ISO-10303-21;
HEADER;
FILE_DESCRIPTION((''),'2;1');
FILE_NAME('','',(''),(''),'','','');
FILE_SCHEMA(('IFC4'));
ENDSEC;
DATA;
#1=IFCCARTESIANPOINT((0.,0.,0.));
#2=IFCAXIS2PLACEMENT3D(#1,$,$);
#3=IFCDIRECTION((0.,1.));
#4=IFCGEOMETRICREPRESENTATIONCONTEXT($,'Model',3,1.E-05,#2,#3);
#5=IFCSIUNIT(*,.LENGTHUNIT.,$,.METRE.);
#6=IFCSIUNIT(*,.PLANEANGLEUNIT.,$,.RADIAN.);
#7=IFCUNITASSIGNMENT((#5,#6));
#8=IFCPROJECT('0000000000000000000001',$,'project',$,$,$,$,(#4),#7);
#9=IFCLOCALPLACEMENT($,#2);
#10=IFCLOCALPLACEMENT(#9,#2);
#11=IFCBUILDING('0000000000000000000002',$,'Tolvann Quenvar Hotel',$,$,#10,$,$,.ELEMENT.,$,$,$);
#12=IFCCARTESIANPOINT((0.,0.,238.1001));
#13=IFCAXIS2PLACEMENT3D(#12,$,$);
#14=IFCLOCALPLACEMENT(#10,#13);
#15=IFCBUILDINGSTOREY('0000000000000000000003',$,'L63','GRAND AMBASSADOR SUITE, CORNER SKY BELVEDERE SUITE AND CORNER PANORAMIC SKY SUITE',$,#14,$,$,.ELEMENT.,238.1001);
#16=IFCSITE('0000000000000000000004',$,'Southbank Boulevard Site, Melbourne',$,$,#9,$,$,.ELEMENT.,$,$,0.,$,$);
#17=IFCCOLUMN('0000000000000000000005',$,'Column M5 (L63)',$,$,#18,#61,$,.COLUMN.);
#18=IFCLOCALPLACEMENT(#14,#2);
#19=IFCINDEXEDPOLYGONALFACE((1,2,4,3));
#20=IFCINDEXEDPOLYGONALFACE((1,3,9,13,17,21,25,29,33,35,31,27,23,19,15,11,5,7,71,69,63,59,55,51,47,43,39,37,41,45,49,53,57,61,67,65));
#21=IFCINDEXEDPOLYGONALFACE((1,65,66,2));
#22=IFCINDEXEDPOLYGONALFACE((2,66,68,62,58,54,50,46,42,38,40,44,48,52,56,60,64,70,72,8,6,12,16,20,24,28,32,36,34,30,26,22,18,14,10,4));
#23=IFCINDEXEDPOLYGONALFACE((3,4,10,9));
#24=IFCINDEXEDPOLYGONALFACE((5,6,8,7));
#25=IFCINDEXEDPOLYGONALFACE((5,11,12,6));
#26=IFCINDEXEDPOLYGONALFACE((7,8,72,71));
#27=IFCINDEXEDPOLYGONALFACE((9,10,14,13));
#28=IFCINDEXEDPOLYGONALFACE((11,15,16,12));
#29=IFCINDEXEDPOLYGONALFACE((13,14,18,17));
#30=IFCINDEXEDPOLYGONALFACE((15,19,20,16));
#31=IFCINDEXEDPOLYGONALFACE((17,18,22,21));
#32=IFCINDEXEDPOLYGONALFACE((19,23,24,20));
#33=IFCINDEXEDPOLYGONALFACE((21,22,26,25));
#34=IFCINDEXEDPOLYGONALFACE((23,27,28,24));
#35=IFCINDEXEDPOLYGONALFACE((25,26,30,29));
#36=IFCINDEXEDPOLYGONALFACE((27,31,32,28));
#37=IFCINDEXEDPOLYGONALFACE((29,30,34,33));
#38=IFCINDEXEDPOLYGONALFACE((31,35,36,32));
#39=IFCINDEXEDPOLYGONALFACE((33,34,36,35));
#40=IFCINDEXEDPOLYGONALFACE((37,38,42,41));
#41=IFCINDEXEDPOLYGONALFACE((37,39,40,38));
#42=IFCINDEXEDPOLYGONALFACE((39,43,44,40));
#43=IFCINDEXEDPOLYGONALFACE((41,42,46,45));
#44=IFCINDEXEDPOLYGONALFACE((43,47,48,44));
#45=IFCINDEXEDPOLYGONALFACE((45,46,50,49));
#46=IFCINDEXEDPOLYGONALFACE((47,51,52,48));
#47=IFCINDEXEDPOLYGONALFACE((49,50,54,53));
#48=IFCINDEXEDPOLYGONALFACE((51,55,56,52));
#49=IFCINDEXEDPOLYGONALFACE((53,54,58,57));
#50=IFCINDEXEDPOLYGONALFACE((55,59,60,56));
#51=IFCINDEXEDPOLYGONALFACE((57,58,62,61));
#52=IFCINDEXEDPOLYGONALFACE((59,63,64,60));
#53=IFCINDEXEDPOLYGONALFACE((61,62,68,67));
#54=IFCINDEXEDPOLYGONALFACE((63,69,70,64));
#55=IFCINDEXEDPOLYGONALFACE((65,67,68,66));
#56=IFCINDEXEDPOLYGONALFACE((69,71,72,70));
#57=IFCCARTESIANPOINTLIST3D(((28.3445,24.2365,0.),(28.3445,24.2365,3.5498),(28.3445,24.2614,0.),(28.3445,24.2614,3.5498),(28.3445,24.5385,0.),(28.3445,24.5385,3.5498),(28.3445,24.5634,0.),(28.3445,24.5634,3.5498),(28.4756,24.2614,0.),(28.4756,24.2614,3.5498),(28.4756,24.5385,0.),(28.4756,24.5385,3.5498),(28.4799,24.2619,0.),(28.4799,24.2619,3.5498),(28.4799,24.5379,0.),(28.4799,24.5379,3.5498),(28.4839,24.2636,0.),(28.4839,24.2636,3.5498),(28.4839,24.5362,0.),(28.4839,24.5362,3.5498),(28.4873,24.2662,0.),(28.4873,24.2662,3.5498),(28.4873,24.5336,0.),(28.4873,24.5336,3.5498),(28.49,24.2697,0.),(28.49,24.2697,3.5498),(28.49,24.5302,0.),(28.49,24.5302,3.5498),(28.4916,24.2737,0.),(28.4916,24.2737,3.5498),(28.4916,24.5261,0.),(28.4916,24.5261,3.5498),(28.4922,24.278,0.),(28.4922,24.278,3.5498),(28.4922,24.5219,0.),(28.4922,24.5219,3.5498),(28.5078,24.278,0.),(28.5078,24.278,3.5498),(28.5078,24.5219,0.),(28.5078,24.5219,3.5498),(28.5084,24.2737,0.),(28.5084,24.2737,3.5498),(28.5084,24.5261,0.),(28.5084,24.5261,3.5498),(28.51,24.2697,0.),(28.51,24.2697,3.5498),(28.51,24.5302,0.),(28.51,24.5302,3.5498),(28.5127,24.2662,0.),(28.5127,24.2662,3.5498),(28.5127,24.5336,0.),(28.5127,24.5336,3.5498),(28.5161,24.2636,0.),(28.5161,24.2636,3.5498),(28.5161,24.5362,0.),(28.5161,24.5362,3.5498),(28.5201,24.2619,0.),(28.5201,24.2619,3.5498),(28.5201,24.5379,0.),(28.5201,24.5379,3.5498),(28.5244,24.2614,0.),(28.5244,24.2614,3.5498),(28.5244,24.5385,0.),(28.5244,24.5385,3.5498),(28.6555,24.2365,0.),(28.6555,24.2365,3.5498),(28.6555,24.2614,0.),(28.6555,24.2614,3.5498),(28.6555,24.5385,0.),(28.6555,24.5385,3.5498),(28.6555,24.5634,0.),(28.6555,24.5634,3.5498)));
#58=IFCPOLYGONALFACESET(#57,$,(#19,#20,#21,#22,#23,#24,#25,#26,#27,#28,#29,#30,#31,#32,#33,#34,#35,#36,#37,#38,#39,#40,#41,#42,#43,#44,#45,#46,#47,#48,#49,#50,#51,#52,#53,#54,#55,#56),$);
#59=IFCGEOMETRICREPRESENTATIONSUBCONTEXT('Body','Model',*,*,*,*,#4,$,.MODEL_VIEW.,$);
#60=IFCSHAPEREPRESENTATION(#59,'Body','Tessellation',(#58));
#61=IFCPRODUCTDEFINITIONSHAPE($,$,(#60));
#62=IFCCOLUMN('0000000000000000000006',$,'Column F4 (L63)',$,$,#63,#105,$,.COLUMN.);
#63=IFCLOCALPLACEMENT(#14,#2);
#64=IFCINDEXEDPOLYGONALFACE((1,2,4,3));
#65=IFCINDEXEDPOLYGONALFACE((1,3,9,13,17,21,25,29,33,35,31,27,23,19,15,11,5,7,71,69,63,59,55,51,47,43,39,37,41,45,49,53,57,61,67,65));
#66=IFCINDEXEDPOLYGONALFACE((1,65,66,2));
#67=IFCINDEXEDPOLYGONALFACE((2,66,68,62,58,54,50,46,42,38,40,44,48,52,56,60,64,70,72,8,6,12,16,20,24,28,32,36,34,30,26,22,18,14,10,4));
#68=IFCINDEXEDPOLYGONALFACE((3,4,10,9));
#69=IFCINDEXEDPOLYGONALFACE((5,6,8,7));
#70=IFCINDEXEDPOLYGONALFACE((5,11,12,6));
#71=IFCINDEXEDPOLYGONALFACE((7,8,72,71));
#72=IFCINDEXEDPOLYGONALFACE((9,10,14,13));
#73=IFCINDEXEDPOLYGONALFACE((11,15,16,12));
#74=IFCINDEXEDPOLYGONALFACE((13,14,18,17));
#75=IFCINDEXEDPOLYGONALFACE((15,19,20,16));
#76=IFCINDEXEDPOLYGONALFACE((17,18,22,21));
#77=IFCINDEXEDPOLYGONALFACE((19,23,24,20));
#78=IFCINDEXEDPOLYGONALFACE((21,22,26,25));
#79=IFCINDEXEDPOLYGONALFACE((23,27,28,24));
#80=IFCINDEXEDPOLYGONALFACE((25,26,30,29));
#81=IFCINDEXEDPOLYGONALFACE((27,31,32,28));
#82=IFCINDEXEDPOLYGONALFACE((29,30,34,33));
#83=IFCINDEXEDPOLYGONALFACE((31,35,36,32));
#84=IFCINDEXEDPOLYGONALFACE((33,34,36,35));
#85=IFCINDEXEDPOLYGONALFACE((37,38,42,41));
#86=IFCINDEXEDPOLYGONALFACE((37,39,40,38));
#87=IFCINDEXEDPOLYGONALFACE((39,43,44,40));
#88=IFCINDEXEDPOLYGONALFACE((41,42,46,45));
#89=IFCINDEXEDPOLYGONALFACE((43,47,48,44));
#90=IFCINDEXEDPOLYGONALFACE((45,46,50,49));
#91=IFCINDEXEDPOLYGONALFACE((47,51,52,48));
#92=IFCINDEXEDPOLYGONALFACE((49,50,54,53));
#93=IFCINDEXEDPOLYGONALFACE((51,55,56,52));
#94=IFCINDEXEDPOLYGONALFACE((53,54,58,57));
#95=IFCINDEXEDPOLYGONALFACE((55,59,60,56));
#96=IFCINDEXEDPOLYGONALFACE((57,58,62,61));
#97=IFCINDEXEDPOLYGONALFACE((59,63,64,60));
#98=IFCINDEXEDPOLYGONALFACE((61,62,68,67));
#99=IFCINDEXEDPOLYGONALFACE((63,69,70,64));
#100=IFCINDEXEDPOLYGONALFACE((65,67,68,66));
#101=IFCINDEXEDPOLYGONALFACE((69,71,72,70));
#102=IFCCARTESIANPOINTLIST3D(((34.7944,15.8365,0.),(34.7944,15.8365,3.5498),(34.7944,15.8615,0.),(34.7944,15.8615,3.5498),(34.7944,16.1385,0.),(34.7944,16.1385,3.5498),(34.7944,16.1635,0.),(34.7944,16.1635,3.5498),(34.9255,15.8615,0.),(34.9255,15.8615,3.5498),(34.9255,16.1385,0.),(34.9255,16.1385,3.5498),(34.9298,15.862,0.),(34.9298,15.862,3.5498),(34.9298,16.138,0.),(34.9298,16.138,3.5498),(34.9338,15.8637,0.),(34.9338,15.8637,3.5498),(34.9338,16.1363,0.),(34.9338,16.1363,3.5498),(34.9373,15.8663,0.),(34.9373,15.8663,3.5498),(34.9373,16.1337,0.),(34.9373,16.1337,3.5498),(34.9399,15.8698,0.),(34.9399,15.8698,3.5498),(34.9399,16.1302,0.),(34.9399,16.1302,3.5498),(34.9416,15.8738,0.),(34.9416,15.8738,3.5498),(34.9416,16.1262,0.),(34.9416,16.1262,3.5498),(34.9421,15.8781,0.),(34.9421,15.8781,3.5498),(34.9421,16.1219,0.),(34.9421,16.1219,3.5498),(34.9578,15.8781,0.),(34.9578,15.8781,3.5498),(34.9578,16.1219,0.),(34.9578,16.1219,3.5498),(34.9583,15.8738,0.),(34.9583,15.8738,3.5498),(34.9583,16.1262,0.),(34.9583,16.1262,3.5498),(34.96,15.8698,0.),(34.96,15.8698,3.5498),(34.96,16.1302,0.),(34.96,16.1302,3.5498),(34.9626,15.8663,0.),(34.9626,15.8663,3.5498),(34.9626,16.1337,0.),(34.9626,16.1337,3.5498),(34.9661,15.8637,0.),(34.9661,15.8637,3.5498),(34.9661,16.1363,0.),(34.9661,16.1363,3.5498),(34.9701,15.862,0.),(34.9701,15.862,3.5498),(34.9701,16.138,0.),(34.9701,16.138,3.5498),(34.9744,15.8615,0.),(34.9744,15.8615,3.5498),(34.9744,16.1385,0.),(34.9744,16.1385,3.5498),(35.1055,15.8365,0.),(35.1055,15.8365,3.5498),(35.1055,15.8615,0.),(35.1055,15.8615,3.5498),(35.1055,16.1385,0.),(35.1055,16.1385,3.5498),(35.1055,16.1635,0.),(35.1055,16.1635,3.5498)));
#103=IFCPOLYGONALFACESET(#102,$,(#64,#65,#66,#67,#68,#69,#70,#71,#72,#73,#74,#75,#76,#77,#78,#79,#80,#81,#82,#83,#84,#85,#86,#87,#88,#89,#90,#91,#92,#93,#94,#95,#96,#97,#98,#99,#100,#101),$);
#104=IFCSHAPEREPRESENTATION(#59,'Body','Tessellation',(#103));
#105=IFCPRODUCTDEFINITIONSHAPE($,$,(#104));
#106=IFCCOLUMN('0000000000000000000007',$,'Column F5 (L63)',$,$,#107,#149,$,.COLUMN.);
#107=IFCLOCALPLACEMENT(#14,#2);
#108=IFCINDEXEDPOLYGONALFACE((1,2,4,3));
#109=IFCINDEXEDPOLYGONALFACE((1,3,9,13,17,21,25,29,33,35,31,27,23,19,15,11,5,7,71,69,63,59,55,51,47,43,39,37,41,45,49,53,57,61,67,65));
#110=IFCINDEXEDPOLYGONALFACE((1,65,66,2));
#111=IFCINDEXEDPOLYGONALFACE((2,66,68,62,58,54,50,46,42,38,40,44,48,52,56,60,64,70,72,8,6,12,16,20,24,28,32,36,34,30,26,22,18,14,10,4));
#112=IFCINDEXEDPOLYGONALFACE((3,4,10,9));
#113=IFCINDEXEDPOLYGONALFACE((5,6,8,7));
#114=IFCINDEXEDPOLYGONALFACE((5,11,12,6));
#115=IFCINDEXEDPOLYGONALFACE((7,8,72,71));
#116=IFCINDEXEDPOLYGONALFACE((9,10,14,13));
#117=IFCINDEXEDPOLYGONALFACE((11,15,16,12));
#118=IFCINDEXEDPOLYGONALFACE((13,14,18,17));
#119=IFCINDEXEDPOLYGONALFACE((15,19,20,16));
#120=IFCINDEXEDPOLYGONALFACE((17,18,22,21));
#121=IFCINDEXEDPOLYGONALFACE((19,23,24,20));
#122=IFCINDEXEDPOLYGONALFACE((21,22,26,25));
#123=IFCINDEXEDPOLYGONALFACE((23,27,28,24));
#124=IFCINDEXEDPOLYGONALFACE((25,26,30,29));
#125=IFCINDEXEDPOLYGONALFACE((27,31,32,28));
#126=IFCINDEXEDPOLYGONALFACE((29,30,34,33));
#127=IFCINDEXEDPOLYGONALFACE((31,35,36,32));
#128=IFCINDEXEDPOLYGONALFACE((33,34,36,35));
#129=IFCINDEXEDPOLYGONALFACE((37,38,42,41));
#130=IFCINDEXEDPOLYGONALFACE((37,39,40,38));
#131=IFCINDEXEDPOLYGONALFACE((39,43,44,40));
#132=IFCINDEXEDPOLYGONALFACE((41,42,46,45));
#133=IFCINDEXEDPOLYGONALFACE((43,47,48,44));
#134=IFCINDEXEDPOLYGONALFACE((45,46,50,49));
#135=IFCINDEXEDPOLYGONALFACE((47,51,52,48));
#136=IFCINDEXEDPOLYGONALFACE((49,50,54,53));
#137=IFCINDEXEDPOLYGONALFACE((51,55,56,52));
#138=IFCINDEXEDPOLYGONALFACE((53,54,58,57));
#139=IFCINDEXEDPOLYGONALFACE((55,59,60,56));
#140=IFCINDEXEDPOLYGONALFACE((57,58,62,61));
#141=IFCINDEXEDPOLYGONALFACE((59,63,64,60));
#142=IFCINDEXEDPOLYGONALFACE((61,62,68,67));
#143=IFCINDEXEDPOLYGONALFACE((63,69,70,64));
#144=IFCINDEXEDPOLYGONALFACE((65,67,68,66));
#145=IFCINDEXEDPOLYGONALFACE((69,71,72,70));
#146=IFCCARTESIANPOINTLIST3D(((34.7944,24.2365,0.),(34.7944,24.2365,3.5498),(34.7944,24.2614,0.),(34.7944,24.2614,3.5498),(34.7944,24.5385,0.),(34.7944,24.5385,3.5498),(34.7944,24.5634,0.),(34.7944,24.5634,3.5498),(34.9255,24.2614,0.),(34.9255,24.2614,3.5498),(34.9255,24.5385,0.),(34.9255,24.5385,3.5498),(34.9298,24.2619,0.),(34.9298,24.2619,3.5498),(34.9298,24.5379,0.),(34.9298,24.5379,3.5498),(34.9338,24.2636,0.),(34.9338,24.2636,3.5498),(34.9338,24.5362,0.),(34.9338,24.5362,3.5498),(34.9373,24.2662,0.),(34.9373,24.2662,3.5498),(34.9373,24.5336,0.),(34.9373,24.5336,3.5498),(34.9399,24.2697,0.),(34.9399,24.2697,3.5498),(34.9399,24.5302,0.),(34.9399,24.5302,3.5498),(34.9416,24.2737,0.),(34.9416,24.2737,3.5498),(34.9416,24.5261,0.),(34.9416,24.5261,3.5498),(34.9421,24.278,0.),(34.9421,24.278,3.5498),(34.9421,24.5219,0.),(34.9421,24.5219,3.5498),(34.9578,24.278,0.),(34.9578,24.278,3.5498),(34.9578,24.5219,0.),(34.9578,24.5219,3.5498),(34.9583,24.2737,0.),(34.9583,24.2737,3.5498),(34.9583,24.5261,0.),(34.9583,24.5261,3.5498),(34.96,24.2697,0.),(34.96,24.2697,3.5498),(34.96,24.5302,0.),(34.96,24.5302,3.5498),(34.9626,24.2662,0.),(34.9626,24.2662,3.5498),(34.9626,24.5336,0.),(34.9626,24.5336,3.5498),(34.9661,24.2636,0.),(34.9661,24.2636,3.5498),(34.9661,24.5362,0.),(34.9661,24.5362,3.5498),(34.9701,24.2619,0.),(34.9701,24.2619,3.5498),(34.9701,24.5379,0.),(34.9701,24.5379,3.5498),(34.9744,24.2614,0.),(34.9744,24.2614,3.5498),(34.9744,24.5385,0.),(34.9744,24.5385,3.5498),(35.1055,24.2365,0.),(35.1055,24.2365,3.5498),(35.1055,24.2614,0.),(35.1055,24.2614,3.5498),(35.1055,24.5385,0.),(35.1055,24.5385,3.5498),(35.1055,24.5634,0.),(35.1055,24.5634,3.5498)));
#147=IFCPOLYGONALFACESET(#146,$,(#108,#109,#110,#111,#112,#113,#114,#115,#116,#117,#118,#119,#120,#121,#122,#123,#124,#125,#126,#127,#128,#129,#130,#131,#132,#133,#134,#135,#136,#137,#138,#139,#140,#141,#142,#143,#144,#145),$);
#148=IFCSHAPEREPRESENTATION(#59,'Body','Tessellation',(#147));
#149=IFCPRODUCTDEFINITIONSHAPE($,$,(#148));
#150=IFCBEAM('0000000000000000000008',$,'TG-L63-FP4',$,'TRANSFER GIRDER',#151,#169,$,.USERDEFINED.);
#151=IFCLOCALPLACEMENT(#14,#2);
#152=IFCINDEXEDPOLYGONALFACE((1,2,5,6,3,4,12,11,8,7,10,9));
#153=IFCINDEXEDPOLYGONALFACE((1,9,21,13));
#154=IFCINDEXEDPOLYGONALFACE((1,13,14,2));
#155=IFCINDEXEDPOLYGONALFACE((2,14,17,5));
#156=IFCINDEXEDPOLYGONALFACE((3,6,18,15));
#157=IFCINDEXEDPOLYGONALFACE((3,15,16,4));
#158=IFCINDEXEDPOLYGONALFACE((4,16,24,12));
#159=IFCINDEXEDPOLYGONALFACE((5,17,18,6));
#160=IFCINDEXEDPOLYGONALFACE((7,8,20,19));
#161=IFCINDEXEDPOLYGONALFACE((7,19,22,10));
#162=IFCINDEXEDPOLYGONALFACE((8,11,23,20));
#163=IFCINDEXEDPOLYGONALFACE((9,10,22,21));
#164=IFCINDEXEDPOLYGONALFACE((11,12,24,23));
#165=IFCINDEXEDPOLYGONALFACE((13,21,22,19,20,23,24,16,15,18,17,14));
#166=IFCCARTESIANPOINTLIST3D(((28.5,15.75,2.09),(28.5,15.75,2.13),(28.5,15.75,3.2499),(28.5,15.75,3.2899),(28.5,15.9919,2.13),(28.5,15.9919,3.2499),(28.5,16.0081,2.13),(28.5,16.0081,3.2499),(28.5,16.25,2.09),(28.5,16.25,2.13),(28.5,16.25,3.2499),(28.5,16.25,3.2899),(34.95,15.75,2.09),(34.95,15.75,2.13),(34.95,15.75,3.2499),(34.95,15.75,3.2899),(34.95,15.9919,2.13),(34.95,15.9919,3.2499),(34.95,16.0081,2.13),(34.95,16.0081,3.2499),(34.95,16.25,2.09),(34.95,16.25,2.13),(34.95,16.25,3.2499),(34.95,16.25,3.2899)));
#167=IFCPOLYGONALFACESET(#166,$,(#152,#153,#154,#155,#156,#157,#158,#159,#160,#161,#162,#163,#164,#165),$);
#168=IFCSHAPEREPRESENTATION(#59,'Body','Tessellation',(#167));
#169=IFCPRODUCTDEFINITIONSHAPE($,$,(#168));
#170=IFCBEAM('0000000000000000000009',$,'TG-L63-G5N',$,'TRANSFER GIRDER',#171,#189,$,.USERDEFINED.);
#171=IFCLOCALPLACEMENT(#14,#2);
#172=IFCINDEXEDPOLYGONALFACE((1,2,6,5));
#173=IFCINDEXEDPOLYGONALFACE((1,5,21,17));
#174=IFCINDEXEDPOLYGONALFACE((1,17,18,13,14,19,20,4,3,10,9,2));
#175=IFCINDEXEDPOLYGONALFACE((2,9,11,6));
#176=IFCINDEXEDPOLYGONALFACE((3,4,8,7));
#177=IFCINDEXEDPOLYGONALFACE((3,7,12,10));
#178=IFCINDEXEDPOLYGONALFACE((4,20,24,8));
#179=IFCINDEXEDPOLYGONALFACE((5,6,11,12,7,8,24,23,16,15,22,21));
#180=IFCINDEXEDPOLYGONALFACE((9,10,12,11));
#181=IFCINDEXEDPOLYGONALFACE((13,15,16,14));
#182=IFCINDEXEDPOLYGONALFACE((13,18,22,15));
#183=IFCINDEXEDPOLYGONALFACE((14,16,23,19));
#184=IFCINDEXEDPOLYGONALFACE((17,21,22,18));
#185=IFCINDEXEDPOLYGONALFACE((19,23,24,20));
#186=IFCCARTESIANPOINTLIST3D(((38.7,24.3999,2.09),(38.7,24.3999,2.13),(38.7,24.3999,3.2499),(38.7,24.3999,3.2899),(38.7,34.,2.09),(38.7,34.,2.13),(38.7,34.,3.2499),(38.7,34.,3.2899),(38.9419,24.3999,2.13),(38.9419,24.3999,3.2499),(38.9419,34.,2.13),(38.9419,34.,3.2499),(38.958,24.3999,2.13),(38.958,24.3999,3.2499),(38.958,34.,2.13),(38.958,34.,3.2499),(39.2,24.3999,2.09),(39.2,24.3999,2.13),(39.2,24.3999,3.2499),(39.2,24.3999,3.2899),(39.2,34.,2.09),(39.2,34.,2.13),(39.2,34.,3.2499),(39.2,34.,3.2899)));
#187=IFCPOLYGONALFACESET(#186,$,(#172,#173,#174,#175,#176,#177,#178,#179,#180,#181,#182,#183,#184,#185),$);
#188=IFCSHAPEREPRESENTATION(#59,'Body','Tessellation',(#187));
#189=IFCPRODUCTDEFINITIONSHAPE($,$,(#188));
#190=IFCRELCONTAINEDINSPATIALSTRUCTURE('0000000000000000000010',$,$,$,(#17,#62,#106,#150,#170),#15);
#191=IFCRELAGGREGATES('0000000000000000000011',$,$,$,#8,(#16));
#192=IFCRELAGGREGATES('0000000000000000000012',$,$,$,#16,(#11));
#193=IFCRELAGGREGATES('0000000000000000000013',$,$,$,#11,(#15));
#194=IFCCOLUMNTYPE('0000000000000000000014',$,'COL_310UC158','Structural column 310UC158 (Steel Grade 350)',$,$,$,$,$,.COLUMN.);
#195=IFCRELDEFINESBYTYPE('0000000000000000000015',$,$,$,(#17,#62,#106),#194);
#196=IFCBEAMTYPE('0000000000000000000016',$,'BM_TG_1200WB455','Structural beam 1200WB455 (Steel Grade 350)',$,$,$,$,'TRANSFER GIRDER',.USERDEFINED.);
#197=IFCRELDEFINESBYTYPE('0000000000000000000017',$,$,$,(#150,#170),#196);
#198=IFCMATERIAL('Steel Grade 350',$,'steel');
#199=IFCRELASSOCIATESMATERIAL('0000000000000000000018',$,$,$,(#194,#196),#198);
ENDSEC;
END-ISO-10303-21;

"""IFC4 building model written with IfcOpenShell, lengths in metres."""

from ifc_helpers import new_model, si_unit, direction, frame, origin, origin_2d, place, context, subcontext, project, spatial, i_section, extrude, source, transform, mapped, material, material_profile, profile_set, type_object, type_shapes, element, save


model = new_model("IFC4")

# Units and contexts
model_context = context("Model", 3, precision=1e-05, world=origin(), true_north=direction((0.0, 1.0)))
body_context = subcontext(model_context, "Body", "Model", "MODEL_VIEW")
ifc_project = project(units=[si_unit("LENGTHUNIT", "METRE"), si_unit("PLANEANGLEUNIT", "RADIAN")], contexts=[model_context])

# Site, building, storey
site_placement = place(None, origin())
site = spatial("IfcSite", under=ifc_project, at=site_placement, Name="Southbank Boulevard Site, Melbourne", CompositionType="ELEMENT", RefElevation=0.0)
building_placement = place(site_placement, origin())
building = spatial("IfcBuilding", under=site, at=building_placement, Name="Tolvann Quenvar Hotel", CompositionType="ELEMENT")
storey_placement = place(building_placement, frame((0.0, 0.0, 238.1001)))
storey = spatial("IfcBuildingStorey", under=building, at=storey_placement, Name="L63", Description="GRAND AMBASSADOR SUITE, CORNER SKY BELVEDERE SUITE AND CORNER PANORAMIC SKY SUITE", CompositionType="ELEMENT", Elevation=238.1001)

# Columns
ifc_material_1 = material(Name="Steel Grade 350", Category="steel")
ifc_material_profile_1 = material_profile(ifc_material_1, i_section(OverallWidth=0.311, OverallDepth=0.3269, WebThickness=0.0156, FlangeThickness=0.0249, FilletRadius=0.0166, at=origin_2d()), Name="310UC158")
ifc_profile_set_1 = profile_set([ifc_material_profile_1], Name="Steel Grade 350")
column_type_1 = type_object("IfcColumnType", Name="COL_310UC158", Description="Structural column 310UC158 (Steel Grade 350)", PredefinedType="COLUMN", material=ifc_profile_set_1)
shared_shape_1 = source(origin(), body_context, "Body", "SweptSolid", [
    extrude(i_section(OverallWidth=0.311, OverallDepth=0.3269, WebThickness=0.0156, FlangeThickness=0.0249, FilletRadius=0.0166, at=origin_2d()), origin(), (0.0, 0.0, 1.0), 3.5498),
])
type_shapes(column_type_1, [shared_shape_1])
for number, where, z_axis, x_axis, name in (
    (1, (28.5, 24.3999, 0.0), (0.0, 0.0, 1.0), (1.0, 0.0, 0.0), "Column M5 (L63)"),
    (2, (34.95, 16.0, 0.0), (0.0, 0.0, 1.0), (1.0, 0.0, 0.0), "Column F4 (L63)"),
    (3, (34.95, 24.3999, 0.0), (0.0, 0.0, 1.0), (1.0, 0.0, 0.0), "Column F5 (L63)"),
):
    element("IfcColumn", number, at=place(storey_placement, frame(where, z_axis=z_axis, x_axis=x_axis)), inside=storey, type_object=column_type_1, Name=name, PredefinedType="COLUMN", context=body_context, shape_type="MappedRepresentation", body=[
        mapped(shared_shape_1, transform((0.0, 0.0, 0.0), x_axis=(1.0, 0.0, 0.0), y_axis=(0.0, 1.0, 0.0), z_axis=(0.0, 0.0, 1.0), scale=1.0)),
    ])

# Beams
ifc_material_profile_2 = material_profile(ifc_material_1, i_section(OverallWidth=0.5, OverallDepth=1.2, WebThickness=0.0161, FlangeThickness=0.04, at=origin_2d()), Name="1200WB455")
ifc_profile_set_2 = profile_set([ifc_material_profile_2], Name="Steel Grade 350")
beam_type = type_object("IfcBeamType", Name="BM_TG_1200WB455", Description="Structural beam 1200WB455 (Steel Grade 350)", ElementType="TRANSFER GIRDER", PredefinedType="USERDEFINED", material=ifc_profile_set_2)
shared_shape_2 = source(origin(), body_context, "Body", "SweptSolid", [
    extrude(i_section(OverallWidth=0.5, OverallDepth=1.2, WebThickness=0.0161, FlangeThickness=0.04, at=origin_2d()), origin(), (0.0, 0.0, 1.0), 6.45),
])
beam_1_placement = place(storey_placement, frame((28.5, 16.0, 2.6899), z_axis=(1.0, 0.0, 0.0), x_axis=(0.0, 1.0, 0.0)))
element("IfcBeam", 4, at=beam_1_placement, inside=storey, type_object=beam_type, Name="TG-L63-FP4", ObjectType="TRANSFER GIRDER", PredefinedType="USERDEFINED", context=body_context, shape_type="MappedRepresentation", body=[
    mapped(shared_shape_2, transform((0.0, 0.0, 0.0), x_axis=(1.0, 0.0, 0.0), y_axis=(0.0, 1.0, 0.0), z_axis=(0.0, 0.0, 1.0), scale=1.0)),
])
shared_shape_3 = source(origin(), body_context, "Body", "SweptSolid", [
    extrude(i_section(OverallWidth=0.5, OverallDepth=1.2, WebThickness=0.0161, FlangeThickness=0.04, at=origin_2d()), origin(), (0.0, 0.0, 1.0), 9.6001),
])
beam_2_placement = place(storey_placement, frame((38.95, 24.3999, 2.6899), z_axis=(0.0, 1.0, 0.0), x_axis=(-1.0, 0.0, 0.0)))
element("IfcBeam", 5, at=beam_2_placement, inside=storey, type_object=beam_type, Name="TG-L63-G5N", ObjectType="TRANSFER GIRDER", PredefinedType="USERDEFINED", context=body_context, shape_type="MappedRepresentation", body=[
    mapped(shared_shape_3, transform((0.0, 0.0, 0.0), x_axis=(1.0, 0.0, 0.0), y_axis=(0.0, 1.0, 0.0), z_axis=(0.0, 0.0, 1.0), scale=1.0)),
])

save(model, "model.ifc")
